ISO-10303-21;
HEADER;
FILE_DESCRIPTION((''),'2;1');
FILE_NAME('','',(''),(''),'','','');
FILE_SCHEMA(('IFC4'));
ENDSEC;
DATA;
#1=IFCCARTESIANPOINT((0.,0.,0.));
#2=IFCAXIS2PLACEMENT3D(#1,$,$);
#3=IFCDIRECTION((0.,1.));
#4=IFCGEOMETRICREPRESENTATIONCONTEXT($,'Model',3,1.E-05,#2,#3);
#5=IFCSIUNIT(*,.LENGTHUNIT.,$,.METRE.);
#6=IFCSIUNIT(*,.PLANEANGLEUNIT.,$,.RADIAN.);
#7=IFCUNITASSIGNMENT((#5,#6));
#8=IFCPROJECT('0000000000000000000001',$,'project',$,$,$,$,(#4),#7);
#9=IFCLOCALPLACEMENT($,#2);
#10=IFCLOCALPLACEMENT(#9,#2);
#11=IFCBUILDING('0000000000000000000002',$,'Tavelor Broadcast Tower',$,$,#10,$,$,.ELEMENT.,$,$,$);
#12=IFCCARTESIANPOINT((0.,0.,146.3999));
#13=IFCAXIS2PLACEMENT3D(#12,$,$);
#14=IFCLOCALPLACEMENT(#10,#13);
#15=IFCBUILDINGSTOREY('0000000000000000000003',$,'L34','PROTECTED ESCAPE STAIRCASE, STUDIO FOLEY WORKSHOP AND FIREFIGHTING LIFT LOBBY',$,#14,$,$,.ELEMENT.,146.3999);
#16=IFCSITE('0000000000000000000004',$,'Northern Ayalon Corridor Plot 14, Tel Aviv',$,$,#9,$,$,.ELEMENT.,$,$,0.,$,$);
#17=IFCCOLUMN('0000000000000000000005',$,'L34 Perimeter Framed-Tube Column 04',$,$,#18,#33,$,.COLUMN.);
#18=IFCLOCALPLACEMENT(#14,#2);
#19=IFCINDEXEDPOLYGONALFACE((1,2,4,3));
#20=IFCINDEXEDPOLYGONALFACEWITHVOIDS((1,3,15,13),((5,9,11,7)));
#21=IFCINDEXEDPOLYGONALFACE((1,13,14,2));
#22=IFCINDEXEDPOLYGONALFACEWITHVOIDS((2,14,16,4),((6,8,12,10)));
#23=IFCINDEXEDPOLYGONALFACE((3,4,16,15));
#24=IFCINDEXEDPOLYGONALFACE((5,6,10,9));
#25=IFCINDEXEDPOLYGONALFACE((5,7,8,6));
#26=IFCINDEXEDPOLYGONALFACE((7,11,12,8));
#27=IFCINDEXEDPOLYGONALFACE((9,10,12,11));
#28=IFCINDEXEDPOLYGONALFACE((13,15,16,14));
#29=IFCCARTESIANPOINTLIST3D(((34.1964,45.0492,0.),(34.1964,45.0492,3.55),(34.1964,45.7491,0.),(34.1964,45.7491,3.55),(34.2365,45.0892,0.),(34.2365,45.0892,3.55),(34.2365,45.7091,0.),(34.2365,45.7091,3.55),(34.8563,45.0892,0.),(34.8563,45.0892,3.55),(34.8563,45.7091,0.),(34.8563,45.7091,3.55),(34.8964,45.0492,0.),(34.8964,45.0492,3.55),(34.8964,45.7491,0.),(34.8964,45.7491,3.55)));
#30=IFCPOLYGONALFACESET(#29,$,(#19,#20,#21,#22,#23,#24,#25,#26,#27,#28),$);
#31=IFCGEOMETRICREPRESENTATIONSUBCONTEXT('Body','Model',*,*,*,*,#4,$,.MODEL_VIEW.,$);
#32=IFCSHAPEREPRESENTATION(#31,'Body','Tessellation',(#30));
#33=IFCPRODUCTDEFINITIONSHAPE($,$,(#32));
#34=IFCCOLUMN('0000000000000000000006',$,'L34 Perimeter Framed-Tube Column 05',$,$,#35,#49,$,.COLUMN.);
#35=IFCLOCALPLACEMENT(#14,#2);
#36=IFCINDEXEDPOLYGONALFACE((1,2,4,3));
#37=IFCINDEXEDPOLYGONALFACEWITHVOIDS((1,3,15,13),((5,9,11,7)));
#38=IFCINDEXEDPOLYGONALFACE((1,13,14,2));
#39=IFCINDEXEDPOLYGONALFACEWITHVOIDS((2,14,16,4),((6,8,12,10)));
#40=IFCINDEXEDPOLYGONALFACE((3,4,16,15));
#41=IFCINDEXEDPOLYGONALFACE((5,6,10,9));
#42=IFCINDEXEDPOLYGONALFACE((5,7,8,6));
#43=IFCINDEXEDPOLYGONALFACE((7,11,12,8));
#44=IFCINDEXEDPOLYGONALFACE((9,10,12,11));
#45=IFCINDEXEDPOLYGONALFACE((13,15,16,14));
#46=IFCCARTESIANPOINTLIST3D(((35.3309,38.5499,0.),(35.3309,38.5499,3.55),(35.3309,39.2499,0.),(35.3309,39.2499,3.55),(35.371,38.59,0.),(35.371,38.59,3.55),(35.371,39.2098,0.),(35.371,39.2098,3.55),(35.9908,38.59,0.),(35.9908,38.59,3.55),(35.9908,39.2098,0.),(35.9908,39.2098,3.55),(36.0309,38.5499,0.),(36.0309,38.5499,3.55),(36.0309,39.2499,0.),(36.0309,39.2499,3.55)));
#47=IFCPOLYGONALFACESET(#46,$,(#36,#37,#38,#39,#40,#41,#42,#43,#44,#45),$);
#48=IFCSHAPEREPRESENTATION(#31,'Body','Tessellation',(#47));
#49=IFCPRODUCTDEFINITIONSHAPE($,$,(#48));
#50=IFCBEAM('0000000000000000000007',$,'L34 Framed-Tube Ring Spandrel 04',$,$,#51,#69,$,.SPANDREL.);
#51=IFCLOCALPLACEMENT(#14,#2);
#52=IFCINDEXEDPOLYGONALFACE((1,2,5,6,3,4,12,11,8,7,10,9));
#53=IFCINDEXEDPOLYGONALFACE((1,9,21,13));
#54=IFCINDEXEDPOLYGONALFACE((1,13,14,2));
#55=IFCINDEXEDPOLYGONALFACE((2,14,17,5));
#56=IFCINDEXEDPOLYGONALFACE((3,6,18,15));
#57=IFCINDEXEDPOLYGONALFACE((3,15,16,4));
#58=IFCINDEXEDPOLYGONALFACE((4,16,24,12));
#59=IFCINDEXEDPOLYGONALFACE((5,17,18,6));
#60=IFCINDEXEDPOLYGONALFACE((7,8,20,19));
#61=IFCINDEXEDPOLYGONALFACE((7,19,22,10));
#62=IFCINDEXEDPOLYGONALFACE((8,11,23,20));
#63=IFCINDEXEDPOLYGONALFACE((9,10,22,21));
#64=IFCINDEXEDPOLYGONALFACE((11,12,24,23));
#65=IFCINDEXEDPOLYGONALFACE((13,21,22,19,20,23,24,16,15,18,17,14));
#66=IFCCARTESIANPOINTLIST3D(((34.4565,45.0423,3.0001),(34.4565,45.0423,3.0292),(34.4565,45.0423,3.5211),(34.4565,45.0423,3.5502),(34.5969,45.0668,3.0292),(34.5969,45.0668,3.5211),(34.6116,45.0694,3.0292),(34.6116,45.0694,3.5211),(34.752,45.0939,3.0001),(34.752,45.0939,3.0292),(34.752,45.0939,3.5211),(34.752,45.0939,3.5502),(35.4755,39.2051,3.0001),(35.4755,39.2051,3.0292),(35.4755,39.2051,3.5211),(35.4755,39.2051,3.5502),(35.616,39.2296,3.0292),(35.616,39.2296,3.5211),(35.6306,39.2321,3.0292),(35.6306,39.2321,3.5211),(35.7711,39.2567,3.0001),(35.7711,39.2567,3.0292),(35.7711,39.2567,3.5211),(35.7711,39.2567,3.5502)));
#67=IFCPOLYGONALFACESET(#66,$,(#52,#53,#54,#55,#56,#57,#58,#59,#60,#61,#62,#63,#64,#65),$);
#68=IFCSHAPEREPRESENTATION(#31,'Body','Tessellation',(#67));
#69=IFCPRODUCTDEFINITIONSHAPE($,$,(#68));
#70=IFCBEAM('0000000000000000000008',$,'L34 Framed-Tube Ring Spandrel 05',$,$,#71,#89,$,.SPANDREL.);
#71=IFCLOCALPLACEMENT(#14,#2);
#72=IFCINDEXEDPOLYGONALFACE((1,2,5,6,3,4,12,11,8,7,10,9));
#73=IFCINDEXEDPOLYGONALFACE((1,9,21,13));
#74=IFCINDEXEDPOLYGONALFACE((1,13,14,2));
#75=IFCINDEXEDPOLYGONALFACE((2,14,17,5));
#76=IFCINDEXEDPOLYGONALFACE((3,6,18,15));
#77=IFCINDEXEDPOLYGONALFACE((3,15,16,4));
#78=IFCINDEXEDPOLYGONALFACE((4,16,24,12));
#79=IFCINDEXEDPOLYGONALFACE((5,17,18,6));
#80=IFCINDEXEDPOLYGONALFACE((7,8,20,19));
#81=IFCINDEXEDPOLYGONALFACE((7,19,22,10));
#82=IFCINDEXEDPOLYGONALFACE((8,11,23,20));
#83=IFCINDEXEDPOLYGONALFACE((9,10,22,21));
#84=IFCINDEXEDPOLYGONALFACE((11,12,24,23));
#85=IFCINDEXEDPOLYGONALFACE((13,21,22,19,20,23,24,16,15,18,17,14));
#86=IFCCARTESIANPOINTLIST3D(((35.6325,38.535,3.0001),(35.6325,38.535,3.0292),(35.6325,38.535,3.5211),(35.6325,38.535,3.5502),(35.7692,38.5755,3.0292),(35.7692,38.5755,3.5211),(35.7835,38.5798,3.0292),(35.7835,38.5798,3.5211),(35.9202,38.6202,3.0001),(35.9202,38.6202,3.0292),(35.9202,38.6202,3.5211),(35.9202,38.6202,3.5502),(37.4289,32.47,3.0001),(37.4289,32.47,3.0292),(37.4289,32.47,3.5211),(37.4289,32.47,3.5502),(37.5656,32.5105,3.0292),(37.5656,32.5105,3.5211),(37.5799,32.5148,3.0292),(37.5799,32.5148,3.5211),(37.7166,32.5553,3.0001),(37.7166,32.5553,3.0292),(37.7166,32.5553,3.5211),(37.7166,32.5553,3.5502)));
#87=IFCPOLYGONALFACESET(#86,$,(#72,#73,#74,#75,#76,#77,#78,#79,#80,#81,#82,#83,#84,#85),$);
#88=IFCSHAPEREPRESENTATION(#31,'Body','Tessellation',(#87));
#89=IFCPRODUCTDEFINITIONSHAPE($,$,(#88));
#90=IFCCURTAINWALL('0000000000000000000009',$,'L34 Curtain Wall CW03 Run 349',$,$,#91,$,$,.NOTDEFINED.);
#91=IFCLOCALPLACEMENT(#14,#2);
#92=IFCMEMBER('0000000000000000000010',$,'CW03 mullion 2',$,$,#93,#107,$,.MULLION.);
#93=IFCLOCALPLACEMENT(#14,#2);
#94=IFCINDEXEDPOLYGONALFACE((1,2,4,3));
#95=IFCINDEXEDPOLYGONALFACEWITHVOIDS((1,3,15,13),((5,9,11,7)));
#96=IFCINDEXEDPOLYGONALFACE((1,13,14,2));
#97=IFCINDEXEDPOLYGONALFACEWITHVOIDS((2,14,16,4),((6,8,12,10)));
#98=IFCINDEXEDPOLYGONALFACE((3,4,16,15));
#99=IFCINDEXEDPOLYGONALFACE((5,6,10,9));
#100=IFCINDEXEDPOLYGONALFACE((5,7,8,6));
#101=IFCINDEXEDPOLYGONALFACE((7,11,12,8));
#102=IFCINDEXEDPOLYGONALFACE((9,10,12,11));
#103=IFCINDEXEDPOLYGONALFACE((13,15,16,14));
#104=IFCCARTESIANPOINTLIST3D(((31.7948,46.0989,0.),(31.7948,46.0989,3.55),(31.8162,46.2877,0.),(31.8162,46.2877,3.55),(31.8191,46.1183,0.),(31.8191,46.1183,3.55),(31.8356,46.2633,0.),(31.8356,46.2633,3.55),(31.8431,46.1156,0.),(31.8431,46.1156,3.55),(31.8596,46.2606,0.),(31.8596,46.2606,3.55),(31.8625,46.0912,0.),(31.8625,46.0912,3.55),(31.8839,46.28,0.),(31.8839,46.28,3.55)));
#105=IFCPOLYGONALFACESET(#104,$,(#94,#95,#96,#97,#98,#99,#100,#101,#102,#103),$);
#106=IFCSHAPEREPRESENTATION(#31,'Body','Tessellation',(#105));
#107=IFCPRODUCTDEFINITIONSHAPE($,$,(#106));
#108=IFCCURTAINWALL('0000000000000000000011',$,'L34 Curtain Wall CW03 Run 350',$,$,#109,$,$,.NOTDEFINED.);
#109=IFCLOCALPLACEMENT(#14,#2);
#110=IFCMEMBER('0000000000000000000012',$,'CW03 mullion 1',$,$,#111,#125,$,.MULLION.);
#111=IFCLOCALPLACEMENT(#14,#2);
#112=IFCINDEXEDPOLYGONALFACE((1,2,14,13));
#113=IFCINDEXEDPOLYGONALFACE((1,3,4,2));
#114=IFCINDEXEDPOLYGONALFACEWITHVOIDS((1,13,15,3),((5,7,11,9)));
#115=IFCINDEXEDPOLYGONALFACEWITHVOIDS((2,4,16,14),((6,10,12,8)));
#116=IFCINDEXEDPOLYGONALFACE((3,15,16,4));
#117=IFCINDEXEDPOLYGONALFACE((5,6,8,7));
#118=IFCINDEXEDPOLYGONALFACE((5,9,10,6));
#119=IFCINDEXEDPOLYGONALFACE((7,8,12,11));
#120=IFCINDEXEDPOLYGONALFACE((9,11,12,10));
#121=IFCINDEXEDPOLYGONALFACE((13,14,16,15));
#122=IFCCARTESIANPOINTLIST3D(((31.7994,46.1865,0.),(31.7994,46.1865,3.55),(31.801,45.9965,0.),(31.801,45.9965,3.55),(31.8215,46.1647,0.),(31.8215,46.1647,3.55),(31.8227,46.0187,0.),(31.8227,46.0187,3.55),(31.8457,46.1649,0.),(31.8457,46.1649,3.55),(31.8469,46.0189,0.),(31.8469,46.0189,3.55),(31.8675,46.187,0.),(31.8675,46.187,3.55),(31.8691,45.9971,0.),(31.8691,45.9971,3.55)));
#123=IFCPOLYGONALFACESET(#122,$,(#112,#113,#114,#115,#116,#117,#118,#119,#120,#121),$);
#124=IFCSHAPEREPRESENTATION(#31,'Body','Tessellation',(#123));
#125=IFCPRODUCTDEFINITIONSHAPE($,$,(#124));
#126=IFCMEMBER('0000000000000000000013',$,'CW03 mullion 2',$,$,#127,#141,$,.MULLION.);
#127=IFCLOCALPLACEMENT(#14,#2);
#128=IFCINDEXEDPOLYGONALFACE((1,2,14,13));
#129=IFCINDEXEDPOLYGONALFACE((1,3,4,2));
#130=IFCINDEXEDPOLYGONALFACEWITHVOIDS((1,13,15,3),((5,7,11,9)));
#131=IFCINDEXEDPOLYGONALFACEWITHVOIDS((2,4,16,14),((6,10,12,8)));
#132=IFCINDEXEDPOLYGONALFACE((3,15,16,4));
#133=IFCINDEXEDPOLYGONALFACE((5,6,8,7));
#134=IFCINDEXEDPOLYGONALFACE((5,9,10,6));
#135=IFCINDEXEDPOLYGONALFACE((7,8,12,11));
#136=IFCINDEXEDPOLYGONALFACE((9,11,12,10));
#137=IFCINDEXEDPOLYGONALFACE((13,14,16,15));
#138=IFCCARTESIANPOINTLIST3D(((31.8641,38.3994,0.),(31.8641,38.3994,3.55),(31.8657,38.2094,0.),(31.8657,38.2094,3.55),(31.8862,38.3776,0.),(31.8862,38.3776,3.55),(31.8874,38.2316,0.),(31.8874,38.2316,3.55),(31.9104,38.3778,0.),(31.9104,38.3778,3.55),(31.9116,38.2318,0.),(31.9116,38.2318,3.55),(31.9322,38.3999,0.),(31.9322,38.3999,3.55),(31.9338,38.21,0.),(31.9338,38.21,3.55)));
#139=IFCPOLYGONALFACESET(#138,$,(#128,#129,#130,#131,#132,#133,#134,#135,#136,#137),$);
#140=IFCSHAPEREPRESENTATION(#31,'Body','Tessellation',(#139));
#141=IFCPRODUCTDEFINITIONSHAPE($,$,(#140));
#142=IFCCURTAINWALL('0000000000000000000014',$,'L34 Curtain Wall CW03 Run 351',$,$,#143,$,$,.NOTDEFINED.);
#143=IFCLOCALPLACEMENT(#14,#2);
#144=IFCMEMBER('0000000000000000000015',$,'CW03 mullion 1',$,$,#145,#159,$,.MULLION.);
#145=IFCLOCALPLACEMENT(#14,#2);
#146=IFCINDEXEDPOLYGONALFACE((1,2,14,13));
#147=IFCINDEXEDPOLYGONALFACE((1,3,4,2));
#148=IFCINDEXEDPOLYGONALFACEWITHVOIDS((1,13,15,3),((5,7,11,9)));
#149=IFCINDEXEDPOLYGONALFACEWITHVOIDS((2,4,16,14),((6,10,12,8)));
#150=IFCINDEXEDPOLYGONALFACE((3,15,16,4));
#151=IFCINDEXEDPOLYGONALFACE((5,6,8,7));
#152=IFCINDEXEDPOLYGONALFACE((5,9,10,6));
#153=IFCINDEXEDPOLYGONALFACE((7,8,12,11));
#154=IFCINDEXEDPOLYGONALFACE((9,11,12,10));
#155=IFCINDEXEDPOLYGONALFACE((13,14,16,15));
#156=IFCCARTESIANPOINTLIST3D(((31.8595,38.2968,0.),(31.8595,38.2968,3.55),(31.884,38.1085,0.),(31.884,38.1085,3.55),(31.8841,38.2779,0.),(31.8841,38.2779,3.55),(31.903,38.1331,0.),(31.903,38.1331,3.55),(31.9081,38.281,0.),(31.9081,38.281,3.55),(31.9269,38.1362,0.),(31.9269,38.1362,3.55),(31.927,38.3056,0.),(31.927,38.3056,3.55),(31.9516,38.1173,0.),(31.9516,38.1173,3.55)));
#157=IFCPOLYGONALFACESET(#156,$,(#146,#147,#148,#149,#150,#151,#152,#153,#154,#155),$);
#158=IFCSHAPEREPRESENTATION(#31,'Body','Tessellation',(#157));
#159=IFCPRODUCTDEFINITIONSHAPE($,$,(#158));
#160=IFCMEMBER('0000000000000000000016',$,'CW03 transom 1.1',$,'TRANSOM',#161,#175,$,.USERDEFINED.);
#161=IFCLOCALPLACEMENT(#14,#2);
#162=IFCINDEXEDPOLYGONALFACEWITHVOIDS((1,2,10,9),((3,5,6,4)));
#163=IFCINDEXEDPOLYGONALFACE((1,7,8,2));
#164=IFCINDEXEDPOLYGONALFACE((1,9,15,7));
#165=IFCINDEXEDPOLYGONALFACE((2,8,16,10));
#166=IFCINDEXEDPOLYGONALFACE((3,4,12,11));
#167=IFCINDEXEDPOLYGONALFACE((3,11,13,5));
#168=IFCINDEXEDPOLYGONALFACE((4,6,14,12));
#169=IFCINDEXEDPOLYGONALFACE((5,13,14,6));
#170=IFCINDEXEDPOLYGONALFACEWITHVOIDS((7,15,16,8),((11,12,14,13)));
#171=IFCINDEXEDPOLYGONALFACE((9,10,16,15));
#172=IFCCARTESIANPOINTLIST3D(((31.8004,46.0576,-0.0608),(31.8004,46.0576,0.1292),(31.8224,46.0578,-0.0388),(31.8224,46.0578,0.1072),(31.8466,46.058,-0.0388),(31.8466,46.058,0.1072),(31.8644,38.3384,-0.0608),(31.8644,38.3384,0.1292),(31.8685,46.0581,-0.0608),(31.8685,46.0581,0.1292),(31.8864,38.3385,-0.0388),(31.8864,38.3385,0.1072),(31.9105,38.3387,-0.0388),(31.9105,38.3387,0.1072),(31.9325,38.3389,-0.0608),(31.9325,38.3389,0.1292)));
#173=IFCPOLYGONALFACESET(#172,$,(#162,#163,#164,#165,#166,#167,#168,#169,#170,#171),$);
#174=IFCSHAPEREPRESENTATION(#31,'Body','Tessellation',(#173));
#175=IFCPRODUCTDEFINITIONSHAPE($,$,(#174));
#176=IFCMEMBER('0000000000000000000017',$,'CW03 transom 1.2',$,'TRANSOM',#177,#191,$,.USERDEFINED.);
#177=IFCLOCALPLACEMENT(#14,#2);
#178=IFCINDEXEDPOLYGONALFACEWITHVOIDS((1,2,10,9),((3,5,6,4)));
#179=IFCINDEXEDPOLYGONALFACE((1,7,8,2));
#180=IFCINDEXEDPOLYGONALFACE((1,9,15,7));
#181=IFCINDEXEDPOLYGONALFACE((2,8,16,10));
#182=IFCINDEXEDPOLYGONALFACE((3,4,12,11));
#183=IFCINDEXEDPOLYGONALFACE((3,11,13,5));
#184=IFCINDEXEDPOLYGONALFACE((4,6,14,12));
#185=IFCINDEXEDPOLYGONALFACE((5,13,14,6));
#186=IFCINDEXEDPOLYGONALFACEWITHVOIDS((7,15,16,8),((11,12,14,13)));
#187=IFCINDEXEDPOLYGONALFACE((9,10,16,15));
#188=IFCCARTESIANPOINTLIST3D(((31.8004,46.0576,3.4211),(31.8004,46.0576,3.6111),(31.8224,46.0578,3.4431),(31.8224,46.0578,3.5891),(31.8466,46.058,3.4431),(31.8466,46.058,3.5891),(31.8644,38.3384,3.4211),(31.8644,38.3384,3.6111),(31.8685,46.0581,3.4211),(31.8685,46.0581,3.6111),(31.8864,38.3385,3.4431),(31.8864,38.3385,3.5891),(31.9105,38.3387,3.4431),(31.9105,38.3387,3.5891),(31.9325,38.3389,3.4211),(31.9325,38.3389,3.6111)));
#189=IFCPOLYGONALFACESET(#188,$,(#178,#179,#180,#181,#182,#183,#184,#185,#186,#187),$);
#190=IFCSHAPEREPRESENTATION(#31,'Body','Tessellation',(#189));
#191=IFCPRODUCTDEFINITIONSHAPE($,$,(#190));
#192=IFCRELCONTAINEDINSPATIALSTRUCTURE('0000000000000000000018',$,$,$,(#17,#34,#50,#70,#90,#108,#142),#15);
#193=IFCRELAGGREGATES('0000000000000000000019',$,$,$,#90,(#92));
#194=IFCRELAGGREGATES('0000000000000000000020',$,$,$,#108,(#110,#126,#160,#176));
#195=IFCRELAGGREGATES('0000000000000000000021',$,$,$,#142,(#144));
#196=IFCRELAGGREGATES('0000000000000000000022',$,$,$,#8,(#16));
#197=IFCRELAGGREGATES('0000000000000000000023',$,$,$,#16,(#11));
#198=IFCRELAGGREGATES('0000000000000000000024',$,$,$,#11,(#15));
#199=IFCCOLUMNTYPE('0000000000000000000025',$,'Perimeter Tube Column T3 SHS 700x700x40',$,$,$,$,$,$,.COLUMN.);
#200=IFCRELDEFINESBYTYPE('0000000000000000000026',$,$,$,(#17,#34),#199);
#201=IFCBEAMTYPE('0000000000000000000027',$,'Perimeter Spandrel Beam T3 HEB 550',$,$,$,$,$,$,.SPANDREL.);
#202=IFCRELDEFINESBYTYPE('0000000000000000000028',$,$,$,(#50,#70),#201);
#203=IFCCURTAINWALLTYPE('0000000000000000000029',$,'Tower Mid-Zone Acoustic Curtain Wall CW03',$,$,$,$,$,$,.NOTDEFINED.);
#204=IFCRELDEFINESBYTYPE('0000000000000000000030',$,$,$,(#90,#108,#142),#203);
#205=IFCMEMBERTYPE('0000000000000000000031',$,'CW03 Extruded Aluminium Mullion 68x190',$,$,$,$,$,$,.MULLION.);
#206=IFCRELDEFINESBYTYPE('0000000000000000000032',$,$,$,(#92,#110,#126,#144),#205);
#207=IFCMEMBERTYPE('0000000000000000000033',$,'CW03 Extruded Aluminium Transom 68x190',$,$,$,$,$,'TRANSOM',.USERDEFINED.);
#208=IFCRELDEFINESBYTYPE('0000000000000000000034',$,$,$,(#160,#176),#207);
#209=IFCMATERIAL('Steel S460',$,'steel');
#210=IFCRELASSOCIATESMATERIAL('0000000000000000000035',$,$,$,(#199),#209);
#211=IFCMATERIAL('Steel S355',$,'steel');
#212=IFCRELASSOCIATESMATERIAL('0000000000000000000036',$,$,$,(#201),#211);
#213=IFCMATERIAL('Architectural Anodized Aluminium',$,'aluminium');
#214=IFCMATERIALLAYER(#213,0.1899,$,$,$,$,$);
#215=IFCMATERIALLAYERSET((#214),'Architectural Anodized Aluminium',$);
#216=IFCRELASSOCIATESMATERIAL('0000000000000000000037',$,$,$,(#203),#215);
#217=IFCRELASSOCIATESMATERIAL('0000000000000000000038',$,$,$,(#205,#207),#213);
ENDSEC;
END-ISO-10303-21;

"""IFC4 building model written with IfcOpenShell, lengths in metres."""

from ifc_helpers import new_model, si_unit, direction, frame, origin, origin_2d, place, context, subcontext, project, spatial, hollow_rectangle, i_section, extrude, source, transform, mapped, material, layer, layer_set, material_profile, profile_set, type_object, type_shapes, element, aggregate, save


model = new_model("IFC4")

# Units and contexts
model_context = context("Model", 3, precision=1e-05, world=origin(), true_north=direction((0.0, 1.0)))
body_context = subcontext(model_context, "Body", "Model", "MODEL_VIEW")
ifc_project = project(units=[si_unit("LENGTHUNIT", "METRE"), si_unit("PLANEANGLEUNIT", "RADIAN")], contexts=[model_context])

# Site, building, storey
site_placement = place(None, origin())
site = spatial("IfcSite", under=ifc_project, at=site_placement, Name="Northern Ayalon Corridor Plot 14, Tel Aviv", CompositionType="ELEMENT", RefElevation=0.0)
building_placement = place(site_placement, origin())
building = spatial("IfcBuilding", under=site, at=building_placement, Name="Tavelor Broadcast Tower", CompositionType="ELEMENT")
storey_placement = place(building_placement, frame((0.0, 0.0, 146.3999)))
storey = spatial("IfcBuildingStorey", under=building, at=storey_placement, Name="L34", Description="PROTECTED ESCAPE STAIRCASE, STUDIO FOLEY WORKSHOP AND FIREFIGHTING LIFT LOBBY", CompositionType="ELEMENT", Elevation=146.3999)

# Columns
ifc_material_1 = material(Name="Steel S460", Category="steel")
ifc_material_profile_1 = material_profile(ifc_material_1, hollow_rectangle(XDim=0.7, YDim=0.7, WallThickness=0.04, at=origin_2d()), Name="SHS 700x700x40")
ifc_profile_set_1 = profile_set([ifc_material_profile_1], Name="Steel S460")
column_type = type_object("IfcColumnType", Name="Perimeter Tube Column T3 SHS 700x700x40", PredefinedType="COLUMN", material=ifc_profile_set_1)
for number, where, z_axis, x_axis, name in (
    (1, (34.5464, 45.3992, 0.0), (0.0, 0.0, 1.0), (1.0, 0.0, 0.0), "L34 Perimeter Framed-Tube Column 04"),
    (2, (35.6809, 38.8999, 0.0), (0.0, 0.0, 1.0), (1.0, 0.0, 0.0), "L34 Perimeter Framed-Tube Column 05"),
):
    element("IfcColumn", number, at=place(storey_placement, frame(where, z_axis=z_axis, x_axis=x_axis)), inside=storey, type_object=column_type, Name=name, PredefinedType="COLUMN", context=body_context, shape_type="SweptSolid", body=[
        extrude(hollow_rectangle(XDim=0.7, YDim=0.7, WallThickness=0.04, at=origin_2d()), origin(), (0.0, 0.0, 1.0), 3.55),
    ])

# Beams
ifc_material_2 = material(Name="Steel S355", Category="steel")
ifc_material_profile_2 = material_profile(ifc_material_2, i_section(OverallWidth=0.3, OverallDepth=0.55, WebThickness=0.0149, FlangeThickness=0.0291, at=origin_2d()), Name="HEB 550")
ifc_profile_set_2 = profile_set([ifc_material_profile_2], Name="Steel S355")
beam_type = type_object("IfcBeamType", Name="Perimeter Spandrel Beam T3 HEB 550", PredefinedType="SPANDREL", material=ifc_profile_set_2)
beam_1_placement = place(storey_placement, frame((34.6042, 45.0681, 3.2751), z_axis=(0.171978, -0.985101, 0.0), x_axis=(0.985101, 0.171978, 0.0)))
element("IfcBeam", 3, at=beam_1_placement, inside=storey, type_object=beam_type, Name="L34 Framed-Tube Ring Spandrel 04", PredefinedType="SPANDREL", context=body_context, shape_type="SweptSolid", body=[
    extrude(i_section(OverallWidth=0.3, OverallDepth=0.55, WebThickness=0.0149, FlangeThickness=0.0291, at=origin_2d()), origin(), (0.0, 0.0, 1.0), 5.9255),
])
beam_2_placement = place(storey_placement, frame((35.7764, 38.5776, 3.2751), z_axis=(0.283996, -0.958825, 0.0), x_axis=(0.958825, 0.283996, 0.0)))
element("IfcBeam", 4, at=beam_2_placement, inside=storey, type_object=beam_type, Name="L34 Framed-Tube Ring Spandrel 05", PredefinedType="SPANDREL", context=body_context, shape_type="SweptSolid", body=[
    extrude(i_section(OverallWidth=0.3, OverallDepth=0.55, WebThickness=0.0149, FlangeThickness=0.0291, at=origin_2d()), origin(), (0.0, 0.0, 1.0), 6.3254),
])

# Curtain wall, member
ifc_material_3 = material(Name="Architectural Anodized Aluminium", Category="aluminium")
ifc_layer_1 = layer(ifc_material_3, 0.1899)
ifc_layer_set_1 = layer_set([ifc_layer_1], Name="Architectural Anodized Aluminium")
curtain_wall_type = type_object("IfcCurtainWallType", Name="Tower Mid-Zone Acoustic Curtain Wall CW03", PredefinedType="NOTDEFINED", material=ifc_layer_set_1)
curtain_wall_1_placement = place(storey_placement, origin())
curtain_wall_1 = element("IfcCurtainWall", 5, at=curtain_wall_1_placement, inside=storey, type_object=curtain_wall_type, Name="L34 Curtain Wall CW03 Run 349", PredefinedType="NOTDEFINED")
ifc_material_profile_3 = material_profile(ifc_material_3, hollow_rectangle(XDim=0.0681, YDim=0.1899, WallThickness=0.022, at=origin_2d()), Name="RHS 68x190x22")
ifc_profile_set_3 = profile_set([ifc_material_profile_3], Name="Architectural Anodized Aluminium")
member_type_1 = type_object("IfcMemberType", Name="CW03 Extruded Aluminium Mullion 68x190", PredefinedType="MULLION", material=ifc_profile_set_3)
shared_shape_1 = source(origin(), body_context, "Body", "SweptSolid", [
    extrude(hollow_rectangle(XDim=0.0681, YDim=0.1899, WallThickness=0.022, at=origin_2d()), origin(), (0.0, 0.0, 1.0), 3.55),
])
type_shapes(member_type_1, [shared_shape_1])
member_1_placement = place(storey_placement, frame((31.8394, 46.1895, 0.0), z_axis=(0.0, 0.0, 1.0), x_axis=(0.993622, -0.112766, 0.0)))
member_1 = element("IfcMember", 6, at=member_1_placement, type_object=member_type_1, Name="CW03 mullion 2", PredefinedType="MULLION", context=body_context, shape_type="MappedRepresentation", body=[
    mapped(shared_shape_1, transform((0.0, 0.0, 0.0), scale=1.0)),
])
aggregate(curtain_wall_1, [member_1])

# Curtain wall, members
curtain_wall_2_placement = place(storey_placement, origin())
curtain_wall_2 = element("IfcCurtainWall", 7, at=curtain_wall_2_placement, inside=storey, type_object=curtain_wall_type, Name="L34 Curtain Wall CW03 Run 350", PredefinedType="NOTDEFINED")
member_2_placement = place(storey_placement, frame((31.8342, 46.0918, 0.0), z_axis=(0.0, 0.0, 1.0), x_axis=(0.999966, 0.0083, 0.0)))
member_2 = element("IfcMember", 8, at=member_2_placement, type_object=member_type_1, Name="CW03 mullion 1", PredefinedType="MULLION", context=body_context, shape_type="MappedRepresentation", body=[
    mapped(shared_shape_1, transform((0.0, 0.0, 0.0), scale=1.0)),
])
member_3_placement = place(storey_placement, frame((31.8989, 38.3047, 0.0), z_axis=(0.0, 0.0, 1.0), x_axis=(0.999966, 0.0083, 0.0)))
member_3 = element("IfcMember", 9, at=member_3_placement, type_object=member_type_1, Name="CW03 mullion 2", PredefinedType="MULLION", context=body_context, shape_type="MappedRepresentation", body=[
    mapped(shared_shape_1, transform((0.0, 0.0, 0.0), scale=1.0)),
])

# Curtain wall, member
curtain_wall_3_placement = place(storey_placement, origin())
curtain_wall_3 = element("IfcCurtainWall", 10, at=curtain_wall_3_placement, inside=storey, type_object=curtain_wall_type, Name="L34 Curtain Wall CW03 Run 351", PredefinedType="NOTDEFINED")
member_4_placement = place(storey_placement, frame((31.9055, 38.207, 0.0), z_axis=(0.0, 0.0, 1.0), x_axis=(0.991614, 0.129236, 0.0)))
member_4 = element("IfcMember", 11, at=member_4_placement, type_object=member_type_1, Name="CW03 mullion 1", PredefinedType="MULLION", context=body_context, shape_type="MappedRepresentation", body=[
    mapped(shared_shape_1, transform((0.0, 0.0, 0.0), scale=1.0)),
])

# Members
ifc_material_profile_4 = material_profile(ifc_material_3, hollow_rectangle(XDim=0.0681, YDim=0.1899, WallThickness=0.022, at=origin_2d()), Name="RHS 68x190x22")
ifc_profile_set_4 = profile_set([ifc_material_profile_4], Name="Architectural Anodized Aluminium")
member_type_2 = type_object("IfcMemberType", Name="CW03 Extruded Aluminium Transom 68x190", ElementType="TRANSOM", PredefinedType="USERDEFINED", material=ifc_profile_set_4)
shared_shape_2 = source(origin(), body_context, "Body", "SweptSolid", [
    extrude(hollow_rectangle(XDim=0.0681, YDim=0.1899, WallThickness=0.022, at=origin_2d()), origin(), (0.0, 0.0, 1.0), 7.7195),
])
member_5_placement = place(storey_placement, frame((31.8345, 46.0579, 0.0342), z_axis=(0.008286, -0.999966, 0.0), x_axis=(0.999966, 0.008286, 0.0)))
member_5 = element("IfcMember", 12, at=member_5_placement, type_object=member_type_2, Name="CW03 transom 1.1", ObjectType="TRANSOM", PredefinedType="USERDEFINED", context=body_context, shape_type="MappedRepresentation", body=[
    mapped(shared_shape_2, transform((0.0, 0.0, 0.0), scale=1.0)),
])
member_6_placement = place(storey_placement, frame((31.8345, 46.0579, 3.5161), z_axis=(0.008286, -0.999966, 0.0), x_axis=(0.999966, 0.008286, 0.0)))
member_6 = element("IfcMember", 13, at=member_6_placement, type_object=member_type_2, Name="CW03 transom 1.2", ObjectType="TRANSOM", PredefinedType="USERDEFINED", context=body_context, shape_type="MappedRepresentation", body=[
    mapped(shared_shape_2, transform((0.0, 0.0, 0.0), scale=1.0)),
])

aggregate(curtain_wall_2, [member_2, member_3, member_5, member_6])
aggregate(curtain_wall_3, [member_4])

save(model, "model.ifc")
